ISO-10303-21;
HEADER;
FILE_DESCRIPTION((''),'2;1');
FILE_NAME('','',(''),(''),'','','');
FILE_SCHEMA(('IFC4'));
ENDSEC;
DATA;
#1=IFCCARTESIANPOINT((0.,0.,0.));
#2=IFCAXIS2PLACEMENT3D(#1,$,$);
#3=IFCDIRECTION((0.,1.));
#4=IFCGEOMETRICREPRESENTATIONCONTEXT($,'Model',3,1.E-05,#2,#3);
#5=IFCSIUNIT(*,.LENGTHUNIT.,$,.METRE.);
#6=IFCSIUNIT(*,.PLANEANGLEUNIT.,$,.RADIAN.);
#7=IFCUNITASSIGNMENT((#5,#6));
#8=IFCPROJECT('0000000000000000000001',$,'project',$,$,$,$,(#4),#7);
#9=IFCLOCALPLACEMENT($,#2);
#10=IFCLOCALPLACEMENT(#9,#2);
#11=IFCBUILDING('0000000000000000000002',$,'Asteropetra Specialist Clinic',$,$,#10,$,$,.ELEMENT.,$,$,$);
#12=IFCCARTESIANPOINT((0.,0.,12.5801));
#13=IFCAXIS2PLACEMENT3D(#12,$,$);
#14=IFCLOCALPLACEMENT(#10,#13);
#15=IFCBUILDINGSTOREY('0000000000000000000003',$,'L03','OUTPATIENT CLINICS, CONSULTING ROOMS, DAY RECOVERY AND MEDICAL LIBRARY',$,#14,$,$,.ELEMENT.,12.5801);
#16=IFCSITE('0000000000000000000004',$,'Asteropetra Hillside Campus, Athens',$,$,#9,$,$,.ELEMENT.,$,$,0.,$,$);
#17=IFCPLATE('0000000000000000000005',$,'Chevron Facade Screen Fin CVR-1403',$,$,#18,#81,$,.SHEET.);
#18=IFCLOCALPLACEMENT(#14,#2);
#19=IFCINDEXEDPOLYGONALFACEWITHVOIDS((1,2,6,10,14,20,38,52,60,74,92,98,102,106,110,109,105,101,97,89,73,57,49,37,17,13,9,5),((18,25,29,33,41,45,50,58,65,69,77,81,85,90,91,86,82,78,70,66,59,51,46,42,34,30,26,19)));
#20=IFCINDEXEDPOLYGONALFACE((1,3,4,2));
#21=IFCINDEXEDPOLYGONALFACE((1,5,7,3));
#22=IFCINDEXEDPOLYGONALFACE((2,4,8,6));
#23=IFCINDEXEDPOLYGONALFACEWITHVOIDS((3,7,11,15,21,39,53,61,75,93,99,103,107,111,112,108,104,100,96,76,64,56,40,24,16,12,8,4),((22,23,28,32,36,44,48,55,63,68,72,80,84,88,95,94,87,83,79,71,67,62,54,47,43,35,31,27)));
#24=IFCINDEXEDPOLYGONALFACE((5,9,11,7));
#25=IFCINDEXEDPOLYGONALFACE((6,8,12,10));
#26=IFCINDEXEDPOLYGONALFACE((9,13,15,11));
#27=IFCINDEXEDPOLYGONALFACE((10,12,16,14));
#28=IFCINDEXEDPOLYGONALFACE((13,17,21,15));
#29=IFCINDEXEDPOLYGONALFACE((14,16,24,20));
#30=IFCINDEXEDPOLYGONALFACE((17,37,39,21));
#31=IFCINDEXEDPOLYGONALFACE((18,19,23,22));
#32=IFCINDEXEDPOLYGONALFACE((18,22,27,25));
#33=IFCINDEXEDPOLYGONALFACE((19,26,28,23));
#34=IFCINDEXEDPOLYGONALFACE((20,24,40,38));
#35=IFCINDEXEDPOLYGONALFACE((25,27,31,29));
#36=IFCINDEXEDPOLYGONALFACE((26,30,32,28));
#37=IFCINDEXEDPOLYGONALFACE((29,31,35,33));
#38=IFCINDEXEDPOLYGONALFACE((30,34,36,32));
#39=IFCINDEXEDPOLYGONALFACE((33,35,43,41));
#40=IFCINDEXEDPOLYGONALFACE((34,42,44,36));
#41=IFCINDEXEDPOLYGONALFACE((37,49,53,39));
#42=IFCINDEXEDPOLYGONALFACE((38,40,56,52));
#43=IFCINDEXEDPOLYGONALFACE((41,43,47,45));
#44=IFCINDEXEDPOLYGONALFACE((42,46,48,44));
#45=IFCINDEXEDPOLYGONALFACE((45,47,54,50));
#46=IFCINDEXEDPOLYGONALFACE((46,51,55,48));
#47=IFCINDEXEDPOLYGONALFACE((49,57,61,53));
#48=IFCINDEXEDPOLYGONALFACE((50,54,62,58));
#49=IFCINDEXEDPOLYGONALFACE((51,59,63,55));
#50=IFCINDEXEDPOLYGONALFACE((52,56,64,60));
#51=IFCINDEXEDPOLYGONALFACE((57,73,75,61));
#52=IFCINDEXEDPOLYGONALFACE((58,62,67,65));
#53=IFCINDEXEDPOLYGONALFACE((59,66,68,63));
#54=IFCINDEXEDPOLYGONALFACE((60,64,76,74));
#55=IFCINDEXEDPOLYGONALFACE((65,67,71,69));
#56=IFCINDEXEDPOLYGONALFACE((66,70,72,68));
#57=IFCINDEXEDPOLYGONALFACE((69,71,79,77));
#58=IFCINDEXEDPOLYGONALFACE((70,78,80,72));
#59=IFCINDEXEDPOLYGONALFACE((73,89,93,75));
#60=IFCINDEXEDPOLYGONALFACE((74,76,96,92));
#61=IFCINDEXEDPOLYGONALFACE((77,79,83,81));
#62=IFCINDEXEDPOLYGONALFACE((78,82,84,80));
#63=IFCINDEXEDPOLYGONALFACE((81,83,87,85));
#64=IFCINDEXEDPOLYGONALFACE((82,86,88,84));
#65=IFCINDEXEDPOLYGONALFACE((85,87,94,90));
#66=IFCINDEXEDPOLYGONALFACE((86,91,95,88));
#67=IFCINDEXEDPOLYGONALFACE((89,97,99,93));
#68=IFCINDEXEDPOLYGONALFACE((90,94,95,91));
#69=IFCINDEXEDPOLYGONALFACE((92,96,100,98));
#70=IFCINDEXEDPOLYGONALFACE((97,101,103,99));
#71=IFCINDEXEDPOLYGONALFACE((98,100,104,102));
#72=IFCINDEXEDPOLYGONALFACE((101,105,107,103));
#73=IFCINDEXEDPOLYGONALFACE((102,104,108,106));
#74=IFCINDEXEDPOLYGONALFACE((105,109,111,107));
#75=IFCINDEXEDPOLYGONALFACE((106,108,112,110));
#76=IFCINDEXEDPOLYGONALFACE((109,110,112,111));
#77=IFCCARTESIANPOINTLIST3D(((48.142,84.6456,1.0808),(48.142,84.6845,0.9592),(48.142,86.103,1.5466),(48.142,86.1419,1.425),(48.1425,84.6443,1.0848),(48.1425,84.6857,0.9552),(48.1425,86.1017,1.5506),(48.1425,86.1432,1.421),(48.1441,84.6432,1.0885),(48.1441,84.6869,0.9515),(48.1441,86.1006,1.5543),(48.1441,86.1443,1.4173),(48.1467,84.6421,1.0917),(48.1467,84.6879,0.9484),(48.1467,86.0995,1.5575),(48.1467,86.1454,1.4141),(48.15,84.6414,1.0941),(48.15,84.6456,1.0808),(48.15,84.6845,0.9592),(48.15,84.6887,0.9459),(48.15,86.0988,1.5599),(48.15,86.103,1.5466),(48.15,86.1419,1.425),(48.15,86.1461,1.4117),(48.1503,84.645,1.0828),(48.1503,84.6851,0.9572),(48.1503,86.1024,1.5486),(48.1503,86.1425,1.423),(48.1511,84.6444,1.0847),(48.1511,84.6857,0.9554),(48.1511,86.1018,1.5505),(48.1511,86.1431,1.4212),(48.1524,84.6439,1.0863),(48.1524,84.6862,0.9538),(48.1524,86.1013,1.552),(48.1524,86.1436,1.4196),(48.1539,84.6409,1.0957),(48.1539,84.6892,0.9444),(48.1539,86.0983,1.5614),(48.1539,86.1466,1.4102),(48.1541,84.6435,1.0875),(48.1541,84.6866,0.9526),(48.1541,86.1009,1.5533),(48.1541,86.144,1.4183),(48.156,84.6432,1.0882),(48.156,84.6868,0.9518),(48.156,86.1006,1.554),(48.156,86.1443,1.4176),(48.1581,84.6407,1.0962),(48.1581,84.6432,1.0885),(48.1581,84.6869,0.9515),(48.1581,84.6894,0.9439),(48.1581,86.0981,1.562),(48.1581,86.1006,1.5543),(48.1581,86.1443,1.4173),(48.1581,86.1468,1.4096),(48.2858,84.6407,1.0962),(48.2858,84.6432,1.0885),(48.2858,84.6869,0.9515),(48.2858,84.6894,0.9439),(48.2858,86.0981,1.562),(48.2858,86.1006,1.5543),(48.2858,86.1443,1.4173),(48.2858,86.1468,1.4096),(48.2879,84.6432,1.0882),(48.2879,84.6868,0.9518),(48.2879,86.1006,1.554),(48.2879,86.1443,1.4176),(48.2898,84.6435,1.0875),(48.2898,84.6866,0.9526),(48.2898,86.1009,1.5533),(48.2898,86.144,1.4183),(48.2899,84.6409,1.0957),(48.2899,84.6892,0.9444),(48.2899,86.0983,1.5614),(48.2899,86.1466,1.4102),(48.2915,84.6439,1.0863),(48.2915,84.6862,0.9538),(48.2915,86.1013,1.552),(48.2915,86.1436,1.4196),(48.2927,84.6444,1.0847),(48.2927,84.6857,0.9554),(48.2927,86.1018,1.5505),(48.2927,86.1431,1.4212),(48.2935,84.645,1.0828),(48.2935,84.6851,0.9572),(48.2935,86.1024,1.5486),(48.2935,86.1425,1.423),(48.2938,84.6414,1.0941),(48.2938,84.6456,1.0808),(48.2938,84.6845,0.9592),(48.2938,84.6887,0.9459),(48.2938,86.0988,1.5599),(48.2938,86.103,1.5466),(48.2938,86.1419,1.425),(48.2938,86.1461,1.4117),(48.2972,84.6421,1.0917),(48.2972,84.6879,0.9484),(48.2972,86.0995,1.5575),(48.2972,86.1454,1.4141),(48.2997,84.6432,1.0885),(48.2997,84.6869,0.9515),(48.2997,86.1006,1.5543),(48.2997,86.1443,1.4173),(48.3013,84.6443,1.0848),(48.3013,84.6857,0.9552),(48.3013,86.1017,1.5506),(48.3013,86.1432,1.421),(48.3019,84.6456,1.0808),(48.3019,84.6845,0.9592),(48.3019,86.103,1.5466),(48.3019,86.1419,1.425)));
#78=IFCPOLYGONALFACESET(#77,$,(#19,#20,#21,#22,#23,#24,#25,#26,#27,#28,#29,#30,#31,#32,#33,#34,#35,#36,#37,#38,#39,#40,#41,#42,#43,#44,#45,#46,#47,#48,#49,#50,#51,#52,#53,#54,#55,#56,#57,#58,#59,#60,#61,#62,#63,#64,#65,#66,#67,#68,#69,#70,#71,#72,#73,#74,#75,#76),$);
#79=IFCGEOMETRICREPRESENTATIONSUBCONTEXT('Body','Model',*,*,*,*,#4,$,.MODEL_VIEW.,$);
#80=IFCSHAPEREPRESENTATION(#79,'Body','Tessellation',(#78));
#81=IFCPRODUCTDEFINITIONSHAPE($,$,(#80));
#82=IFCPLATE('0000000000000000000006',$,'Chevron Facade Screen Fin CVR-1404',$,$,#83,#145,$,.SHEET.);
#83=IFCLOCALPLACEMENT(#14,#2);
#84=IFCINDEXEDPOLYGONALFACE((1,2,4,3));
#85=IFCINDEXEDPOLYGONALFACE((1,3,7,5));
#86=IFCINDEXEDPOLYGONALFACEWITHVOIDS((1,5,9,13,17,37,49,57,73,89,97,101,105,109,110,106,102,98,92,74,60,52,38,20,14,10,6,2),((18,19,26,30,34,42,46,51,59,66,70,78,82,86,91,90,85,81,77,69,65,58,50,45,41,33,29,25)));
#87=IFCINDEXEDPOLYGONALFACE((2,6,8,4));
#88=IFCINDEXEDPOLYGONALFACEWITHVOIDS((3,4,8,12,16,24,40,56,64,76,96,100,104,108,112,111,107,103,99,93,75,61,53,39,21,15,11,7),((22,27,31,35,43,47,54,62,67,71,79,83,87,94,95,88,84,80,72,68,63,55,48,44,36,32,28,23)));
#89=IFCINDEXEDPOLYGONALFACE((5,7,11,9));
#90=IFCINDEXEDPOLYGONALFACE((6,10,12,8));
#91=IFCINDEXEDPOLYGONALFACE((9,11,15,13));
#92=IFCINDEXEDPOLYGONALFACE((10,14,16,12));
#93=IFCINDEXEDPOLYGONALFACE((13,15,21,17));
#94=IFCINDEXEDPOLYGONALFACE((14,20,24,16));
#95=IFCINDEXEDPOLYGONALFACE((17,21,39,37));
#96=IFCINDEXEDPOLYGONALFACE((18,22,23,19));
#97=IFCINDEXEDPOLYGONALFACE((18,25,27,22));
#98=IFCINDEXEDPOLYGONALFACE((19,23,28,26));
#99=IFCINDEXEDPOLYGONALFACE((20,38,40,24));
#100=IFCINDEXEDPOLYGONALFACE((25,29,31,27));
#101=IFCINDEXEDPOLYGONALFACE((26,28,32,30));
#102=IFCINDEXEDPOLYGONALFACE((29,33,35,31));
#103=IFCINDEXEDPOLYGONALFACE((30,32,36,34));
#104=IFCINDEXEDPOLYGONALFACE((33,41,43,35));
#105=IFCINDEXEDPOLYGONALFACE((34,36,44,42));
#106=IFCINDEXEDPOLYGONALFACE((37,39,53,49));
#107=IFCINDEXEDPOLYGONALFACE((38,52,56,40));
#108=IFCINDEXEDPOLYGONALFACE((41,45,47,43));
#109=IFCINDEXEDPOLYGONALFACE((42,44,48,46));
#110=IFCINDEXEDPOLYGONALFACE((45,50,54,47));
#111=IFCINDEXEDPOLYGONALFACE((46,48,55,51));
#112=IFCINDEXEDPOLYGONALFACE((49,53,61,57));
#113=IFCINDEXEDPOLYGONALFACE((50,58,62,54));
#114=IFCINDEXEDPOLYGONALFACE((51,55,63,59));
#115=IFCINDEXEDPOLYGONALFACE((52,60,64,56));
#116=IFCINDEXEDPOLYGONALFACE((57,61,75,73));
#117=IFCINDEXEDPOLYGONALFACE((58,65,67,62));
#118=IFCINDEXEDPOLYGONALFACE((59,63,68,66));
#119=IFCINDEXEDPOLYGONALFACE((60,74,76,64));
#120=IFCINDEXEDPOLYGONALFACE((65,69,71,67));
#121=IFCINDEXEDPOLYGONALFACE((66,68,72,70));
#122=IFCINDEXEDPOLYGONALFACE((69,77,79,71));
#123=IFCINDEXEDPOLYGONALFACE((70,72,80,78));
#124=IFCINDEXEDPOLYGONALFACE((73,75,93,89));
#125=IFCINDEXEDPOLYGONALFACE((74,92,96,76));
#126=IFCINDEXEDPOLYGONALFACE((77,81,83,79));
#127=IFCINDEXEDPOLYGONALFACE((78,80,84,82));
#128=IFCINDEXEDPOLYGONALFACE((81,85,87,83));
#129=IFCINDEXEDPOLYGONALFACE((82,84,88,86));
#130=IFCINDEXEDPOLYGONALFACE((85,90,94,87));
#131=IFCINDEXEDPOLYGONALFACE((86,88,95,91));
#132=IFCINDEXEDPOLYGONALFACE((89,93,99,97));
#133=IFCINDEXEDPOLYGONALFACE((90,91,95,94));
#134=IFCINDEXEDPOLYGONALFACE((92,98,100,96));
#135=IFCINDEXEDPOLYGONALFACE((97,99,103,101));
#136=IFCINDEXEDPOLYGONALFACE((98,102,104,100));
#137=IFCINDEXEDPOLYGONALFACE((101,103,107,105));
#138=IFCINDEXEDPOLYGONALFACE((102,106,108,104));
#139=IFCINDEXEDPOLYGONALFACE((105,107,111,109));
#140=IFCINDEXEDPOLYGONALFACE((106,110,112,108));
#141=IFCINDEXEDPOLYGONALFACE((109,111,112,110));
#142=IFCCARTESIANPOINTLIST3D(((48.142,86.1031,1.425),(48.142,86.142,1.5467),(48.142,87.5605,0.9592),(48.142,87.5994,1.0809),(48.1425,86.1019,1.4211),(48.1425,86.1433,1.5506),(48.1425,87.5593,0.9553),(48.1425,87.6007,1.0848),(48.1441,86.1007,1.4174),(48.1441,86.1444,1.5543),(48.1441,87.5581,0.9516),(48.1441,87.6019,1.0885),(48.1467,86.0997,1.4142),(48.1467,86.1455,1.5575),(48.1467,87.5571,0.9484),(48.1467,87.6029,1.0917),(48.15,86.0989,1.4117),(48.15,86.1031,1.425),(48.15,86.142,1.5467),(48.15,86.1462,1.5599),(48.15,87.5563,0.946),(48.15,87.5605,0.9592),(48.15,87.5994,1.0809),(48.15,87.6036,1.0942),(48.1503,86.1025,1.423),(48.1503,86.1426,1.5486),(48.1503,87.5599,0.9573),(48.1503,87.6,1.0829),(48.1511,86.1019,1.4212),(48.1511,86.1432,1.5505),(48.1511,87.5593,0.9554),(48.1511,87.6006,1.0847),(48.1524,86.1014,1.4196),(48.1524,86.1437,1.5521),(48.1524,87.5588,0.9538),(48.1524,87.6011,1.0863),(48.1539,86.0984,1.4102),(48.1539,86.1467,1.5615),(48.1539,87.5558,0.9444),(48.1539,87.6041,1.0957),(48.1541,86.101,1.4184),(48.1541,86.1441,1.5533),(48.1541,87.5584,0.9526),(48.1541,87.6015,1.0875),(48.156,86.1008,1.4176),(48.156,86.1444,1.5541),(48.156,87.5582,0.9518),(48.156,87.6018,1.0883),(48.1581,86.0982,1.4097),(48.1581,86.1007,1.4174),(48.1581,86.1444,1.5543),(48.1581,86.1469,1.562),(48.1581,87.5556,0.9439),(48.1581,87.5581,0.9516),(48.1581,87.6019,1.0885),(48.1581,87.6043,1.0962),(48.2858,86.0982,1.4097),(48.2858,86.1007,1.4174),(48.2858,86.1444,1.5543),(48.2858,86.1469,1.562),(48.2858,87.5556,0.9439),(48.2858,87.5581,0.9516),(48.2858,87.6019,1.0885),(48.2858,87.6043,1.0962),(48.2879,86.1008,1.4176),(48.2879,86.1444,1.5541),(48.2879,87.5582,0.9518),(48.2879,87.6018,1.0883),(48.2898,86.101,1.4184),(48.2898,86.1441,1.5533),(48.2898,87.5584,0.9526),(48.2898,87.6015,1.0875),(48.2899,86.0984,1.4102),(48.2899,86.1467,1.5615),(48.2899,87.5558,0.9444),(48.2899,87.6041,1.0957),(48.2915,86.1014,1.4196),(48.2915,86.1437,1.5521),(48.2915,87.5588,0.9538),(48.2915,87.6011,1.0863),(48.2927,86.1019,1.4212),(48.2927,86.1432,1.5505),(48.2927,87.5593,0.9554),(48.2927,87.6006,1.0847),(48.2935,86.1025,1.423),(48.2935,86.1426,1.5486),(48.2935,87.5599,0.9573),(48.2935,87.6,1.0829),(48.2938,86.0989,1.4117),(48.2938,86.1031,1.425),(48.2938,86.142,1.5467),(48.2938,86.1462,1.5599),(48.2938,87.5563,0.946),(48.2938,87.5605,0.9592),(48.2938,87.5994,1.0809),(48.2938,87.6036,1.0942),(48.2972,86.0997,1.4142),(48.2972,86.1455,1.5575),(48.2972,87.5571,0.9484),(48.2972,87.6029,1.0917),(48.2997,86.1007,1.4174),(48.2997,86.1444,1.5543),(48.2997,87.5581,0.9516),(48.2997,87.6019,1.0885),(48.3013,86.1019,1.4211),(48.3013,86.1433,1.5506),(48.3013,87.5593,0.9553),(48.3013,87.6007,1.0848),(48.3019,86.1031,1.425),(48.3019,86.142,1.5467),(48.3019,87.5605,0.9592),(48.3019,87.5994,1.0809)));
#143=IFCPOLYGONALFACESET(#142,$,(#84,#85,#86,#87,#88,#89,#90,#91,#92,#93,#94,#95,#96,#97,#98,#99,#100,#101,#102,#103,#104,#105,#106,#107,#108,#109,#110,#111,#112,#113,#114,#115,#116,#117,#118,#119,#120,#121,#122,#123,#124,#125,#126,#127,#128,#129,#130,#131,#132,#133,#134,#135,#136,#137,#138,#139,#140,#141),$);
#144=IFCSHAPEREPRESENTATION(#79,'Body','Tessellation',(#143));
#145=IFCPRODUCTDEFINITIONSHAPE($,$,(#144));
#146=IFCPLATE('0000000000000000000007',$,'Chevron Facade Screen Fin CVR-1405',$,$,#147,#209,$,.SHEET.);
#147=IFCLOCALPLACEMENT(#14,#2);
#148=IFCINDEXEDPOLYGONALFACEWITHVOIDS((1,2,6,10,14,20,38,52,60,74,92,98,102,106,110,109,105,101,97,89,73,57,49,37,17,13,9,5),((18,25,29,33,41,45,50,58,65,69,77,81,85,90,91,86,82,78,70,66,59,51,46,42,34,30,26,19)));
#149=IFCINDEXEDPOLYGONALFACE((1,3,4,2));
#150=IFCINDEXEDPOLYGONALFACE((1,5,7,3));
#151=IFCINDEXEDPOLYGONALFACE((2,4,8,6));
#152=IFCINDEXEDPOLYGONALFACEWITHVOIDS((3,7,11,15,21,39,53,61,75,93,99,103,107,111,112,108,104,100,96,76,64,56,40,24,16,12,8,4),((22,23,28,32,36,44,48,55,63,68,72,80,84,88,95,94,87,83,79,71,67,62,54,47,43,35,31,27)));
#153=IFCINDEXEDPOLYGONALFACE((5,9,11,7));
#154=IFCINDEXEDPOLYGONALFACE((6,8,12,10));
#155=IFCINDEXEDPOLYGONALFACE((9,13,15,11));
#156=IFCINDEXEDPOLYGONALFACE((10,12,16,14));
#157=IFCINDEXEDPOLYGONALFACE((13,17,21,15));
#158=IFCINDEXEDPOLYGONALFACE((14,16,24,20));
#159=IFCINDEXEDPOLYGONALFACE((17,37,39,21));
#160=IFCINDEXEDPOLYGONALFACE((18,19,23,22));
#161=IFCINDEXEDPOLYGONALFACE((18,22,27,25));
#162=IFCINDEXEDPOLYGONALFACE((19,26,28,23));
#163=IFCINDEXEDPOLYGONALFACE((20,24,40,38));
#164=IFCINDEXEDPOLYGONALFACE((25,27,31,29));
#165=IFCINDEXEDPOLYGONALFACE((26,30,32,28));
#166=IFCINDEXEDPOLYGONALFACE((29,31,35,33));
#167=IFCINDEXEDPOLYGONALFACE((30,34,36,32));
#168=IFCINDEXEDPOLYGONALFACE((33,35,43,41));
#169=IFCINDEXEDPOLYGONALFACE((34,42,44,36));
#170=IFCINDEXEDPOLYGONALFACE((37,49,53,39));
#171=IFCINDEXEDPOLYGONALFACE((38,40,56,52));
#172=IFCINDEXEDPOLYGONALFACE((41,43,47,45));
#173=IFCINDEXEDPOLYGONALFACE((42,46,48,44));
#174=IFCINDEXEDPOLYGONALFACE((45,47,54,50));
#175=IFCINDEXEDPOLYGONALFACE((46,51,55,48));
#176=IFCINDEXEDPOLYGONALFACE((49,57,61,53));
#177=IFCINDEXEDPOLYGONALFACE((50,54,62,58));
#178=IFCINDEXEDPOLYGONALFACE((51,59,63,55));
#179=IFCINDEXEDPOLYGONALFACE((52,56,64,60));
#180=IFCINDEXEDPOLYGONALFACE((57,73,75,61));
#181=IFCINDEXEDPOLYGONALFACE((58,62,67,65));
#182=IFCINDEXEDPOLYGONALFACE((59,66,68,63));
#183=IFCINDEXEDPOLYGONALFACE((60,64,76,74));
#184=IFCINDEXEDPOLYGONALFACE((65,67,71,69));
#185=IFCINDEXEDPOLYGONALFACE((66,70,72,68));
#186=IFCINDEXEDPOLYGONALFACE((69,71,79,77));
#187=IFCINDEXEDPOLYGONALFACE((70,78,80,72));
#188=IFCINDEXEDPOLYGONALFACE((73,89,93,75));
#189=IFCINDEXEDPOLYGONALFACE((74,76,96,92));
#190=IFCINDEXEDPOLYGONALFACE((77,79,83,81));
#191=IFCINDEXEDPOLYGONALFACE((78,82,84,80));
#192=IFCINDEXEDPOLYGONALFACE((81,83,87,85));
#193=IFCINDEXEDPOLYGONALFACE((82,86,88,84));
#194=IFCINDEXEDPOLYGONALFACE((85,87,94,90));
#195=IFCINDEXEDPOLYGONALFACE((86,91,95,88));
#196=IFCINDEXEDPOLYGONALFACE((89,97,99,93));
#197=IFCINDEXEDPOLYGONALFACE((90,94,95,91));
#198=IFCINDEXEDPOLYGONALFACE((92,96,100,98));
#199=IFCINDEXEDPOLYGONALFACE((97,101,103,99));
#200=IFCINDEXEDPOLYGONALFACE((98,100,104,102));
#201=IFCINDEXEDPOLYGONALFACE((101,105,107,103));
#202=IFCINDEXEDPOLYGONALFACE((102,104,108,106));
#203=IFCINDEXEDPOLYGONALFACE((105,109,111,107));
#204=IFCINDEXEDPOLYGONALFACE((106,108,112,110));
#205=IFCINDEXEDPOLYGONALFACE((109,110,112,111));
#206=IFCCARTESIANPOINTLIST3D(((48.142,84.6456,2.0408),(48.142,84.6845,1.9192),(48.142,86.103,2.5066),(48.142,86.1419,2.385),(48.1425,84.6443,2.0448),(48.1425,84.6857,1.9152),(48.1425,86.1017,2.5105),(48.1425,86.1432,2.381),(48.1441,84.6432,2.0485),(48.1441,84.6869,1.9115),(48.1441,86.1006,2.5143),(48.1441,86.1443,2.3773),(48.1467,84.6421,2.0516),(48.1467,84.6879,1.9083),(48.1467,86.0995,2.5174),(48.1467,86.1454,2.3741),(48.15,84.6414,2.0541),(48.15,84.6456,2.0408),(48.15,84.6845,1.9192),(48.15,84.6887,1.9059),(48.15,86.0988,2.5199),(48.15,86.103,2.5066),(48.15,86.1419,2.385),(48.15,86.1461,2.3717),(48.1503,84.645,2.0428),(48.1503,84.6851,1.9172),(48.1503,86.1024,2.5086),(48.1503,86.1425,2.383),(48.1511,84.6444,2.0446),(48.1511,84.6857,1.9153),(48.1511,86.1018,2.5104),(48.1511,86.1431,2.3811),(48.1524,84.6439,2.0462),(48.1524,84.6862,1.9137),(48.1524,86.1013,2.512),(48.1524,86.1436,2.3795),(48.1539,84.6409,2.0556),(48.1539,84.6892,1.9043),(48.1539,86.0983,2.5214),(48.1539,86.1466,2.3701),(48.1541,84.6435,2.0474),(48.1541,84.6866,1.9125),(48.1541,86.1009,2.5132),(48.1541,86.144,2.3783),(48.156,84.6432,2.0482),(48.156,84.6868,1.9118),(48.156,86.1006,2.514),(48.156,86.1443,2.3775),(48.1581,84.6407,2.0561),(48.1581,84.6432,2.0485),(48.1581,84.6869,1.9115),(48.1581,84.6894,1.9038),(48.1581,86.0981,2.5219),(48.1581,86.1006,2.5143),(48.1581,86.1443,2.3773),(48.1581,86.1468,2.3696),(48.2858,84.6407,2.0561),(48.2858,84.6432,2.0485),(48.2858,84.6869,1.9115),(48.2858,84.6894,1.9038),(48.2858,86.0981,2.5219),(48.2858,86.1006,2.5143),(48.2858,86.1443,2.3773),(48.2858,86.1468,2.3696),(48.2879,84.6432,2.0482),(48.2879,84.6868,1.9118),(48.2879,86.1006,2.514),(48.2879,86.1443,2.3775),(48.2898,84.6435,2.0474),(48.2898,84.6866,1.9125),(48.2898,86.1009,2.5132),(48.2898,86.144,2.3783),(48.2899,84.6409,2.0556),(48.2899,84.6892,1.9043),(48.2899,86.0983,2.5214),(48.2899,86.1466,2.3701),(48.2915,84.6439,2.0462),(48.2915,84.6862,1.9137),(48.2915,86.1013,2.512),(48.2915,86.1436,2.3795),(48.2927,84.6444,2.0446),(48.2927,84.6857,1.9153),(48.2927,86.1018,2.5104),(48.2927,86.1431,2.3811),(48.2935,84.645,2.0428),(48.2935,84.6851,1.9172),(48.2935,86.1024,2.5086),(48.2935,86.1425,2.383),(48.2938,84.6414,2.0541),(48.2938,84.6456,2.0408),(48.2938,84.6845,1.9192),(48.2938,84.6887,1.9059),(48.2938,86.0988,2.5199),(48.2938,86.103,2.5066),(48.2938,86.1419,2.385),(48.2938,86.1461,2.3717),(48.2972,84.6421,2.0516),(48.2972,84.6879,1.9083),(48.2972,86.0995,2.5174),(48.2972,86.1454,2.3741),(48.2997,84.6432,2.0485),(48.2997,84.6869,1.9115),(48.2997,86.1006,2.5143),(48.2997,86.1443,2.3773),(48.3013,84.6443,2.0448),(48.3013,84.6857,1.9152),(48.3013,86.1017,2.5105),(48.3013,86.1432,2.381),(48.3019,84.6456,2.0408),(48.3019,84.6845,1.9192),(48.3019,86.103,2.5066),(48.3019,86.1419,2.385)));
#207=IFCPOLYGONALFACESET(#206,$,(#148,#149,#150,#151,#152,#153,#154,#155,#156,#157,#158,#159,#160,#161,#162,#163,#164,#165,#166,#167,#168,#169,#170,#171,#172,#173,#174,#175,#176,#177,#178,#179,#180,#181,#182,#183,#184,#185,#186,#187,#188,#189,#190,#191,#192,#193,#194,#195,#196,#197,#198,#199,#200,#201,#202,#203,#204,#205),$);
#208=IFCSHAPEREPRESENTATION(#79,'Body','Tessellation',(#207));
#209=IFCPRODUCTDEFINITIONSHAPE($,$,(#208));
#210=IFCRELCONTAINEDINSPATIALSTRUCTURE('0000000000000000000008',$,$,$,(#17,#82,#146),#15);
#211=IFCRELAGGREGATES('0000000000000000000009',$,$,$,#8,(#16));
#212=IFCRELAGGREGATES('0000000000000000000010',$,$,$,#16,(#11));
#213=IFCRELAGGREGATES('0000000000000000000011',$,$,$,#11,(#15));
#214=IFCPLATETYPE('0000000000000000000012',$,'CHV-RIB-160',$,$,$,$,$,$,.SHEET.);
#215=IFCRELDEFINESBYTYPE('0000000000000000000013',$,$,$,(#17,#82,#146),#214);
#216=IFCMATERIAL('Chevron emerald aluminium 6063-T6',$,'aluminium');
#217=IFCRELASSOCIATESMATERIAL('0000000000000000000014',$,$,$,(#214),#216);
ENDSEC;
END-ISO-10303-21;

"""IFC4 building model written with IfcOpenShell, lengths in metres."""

from ifc_helpers import new_model, si_unit, direction, frame, origin, origin_2d, place, context, subcontext, project, spatial, hollow_rectangle, extrude, material, material_profile, profile_set, type_object, element, save


model = new_model("IFC4")

# Units and contexts
model_context = context("Model", 3, precision=1e-05, world=origin(), true_north=direction((0.0, 1.0)))
body_context = subcontext(model_context, "Body", "Model", "MODEL_VIEW")
ifc_project = project(units=[si_unit("LENGTHUNIT", "METRE"), si_unit("PLANEANGLEUNIT", "RADIAN")], contexts=[model_context])

# Site, building, storey
site_placement = place(None, origin())
site = spatial("IfcSite", under=ifc_project, at=site_placement, Name="Asteropetra Hillside Campus, Athens", CompositionType="ELEMENT", RefElevation=0.0)
building_placement = place(site_placement, origin())
building = spatial("IfcBuilding", under=site, at=building_placement, Name="Asteropetra Specialist Clinic", CompositionType="ELEMENT")
storey_placement = place(building_placement, frame((0.0, 0.0, 12.5801)))
storey = spatial("IfcBuildingStorey", under=building, at=storey_placement, Name="L03", Description="OUTPATIENT CLINICS, CONSULTING ROOMS, DAY RECOVERY AND MEDICAL LIBRARY", CompositionType="ELEMENT", Elevation=12.5801)

# Plates
ifc_material_1 = material(Name="Chevron emerald aluminium 6063-T6", Category="aluminium")
ifc_material_profile_1 = material_profile(ifc_material_1, hollow_rectangle(XDim=0.1599, YDim=0.1599, WallThickness=0.0081, InnerFilletRadius=0.0081, OuterFilletRadius=0.0161, at=origin_2d()), Name="SHS 160x160x8.0")
ifc_profile_set_1 = profile_set([ifc_material_profile_1], Name="Chevron emerald aluminium 6063-T6")
plate_type_1 = type_object("IfcPlateType", Name="CHV-RIB-160", PredefinedType="SHEET", material=ifc_profile_set_1)
for number, where, z_axis, x_axis, name in (
    (1, (48.2219, 84.665, 1.02), (0.0, 0.952535, 0.304428), (-1.0, 0.0, 0.0), "Chevron Facade Screen Fin CVR-1403"),
    (2, (48.2219, 86.1226, 1.4858), (0.0, 0.952535, -0.304428), (-1.0, 0.0, 0.0), "Chevron Facade Screen Fin CVR-1404"),
    (3, (48.2219, 84.665, 1.98), (0.0, 0.952535, 0.304428), (-1.0, 0.0, 0.0), "Chevron Facade Screen Fin CVR-1405"),
):
    element("IfcPlate", number, at=place(storey_placement, frame(where, z_axis=z_axis, x_axis=x_axis)), inside=storey, type_object=plate_type_1, Name=name, PredefinedType="SHEET", context=body_context, shape_type="SweptSolid", body=[
        extrude(hollow_rectangle(XDim=0.1599, YDim=0.1599, WallThickness=0.0081, InnerFilletRadius=0.0081, OuterFilletRadius=0.0161, at=origin_2d()), origin(), (0.0, 0.0, 1.0), 1.53),
    ])

save(model, "model.ifc")
